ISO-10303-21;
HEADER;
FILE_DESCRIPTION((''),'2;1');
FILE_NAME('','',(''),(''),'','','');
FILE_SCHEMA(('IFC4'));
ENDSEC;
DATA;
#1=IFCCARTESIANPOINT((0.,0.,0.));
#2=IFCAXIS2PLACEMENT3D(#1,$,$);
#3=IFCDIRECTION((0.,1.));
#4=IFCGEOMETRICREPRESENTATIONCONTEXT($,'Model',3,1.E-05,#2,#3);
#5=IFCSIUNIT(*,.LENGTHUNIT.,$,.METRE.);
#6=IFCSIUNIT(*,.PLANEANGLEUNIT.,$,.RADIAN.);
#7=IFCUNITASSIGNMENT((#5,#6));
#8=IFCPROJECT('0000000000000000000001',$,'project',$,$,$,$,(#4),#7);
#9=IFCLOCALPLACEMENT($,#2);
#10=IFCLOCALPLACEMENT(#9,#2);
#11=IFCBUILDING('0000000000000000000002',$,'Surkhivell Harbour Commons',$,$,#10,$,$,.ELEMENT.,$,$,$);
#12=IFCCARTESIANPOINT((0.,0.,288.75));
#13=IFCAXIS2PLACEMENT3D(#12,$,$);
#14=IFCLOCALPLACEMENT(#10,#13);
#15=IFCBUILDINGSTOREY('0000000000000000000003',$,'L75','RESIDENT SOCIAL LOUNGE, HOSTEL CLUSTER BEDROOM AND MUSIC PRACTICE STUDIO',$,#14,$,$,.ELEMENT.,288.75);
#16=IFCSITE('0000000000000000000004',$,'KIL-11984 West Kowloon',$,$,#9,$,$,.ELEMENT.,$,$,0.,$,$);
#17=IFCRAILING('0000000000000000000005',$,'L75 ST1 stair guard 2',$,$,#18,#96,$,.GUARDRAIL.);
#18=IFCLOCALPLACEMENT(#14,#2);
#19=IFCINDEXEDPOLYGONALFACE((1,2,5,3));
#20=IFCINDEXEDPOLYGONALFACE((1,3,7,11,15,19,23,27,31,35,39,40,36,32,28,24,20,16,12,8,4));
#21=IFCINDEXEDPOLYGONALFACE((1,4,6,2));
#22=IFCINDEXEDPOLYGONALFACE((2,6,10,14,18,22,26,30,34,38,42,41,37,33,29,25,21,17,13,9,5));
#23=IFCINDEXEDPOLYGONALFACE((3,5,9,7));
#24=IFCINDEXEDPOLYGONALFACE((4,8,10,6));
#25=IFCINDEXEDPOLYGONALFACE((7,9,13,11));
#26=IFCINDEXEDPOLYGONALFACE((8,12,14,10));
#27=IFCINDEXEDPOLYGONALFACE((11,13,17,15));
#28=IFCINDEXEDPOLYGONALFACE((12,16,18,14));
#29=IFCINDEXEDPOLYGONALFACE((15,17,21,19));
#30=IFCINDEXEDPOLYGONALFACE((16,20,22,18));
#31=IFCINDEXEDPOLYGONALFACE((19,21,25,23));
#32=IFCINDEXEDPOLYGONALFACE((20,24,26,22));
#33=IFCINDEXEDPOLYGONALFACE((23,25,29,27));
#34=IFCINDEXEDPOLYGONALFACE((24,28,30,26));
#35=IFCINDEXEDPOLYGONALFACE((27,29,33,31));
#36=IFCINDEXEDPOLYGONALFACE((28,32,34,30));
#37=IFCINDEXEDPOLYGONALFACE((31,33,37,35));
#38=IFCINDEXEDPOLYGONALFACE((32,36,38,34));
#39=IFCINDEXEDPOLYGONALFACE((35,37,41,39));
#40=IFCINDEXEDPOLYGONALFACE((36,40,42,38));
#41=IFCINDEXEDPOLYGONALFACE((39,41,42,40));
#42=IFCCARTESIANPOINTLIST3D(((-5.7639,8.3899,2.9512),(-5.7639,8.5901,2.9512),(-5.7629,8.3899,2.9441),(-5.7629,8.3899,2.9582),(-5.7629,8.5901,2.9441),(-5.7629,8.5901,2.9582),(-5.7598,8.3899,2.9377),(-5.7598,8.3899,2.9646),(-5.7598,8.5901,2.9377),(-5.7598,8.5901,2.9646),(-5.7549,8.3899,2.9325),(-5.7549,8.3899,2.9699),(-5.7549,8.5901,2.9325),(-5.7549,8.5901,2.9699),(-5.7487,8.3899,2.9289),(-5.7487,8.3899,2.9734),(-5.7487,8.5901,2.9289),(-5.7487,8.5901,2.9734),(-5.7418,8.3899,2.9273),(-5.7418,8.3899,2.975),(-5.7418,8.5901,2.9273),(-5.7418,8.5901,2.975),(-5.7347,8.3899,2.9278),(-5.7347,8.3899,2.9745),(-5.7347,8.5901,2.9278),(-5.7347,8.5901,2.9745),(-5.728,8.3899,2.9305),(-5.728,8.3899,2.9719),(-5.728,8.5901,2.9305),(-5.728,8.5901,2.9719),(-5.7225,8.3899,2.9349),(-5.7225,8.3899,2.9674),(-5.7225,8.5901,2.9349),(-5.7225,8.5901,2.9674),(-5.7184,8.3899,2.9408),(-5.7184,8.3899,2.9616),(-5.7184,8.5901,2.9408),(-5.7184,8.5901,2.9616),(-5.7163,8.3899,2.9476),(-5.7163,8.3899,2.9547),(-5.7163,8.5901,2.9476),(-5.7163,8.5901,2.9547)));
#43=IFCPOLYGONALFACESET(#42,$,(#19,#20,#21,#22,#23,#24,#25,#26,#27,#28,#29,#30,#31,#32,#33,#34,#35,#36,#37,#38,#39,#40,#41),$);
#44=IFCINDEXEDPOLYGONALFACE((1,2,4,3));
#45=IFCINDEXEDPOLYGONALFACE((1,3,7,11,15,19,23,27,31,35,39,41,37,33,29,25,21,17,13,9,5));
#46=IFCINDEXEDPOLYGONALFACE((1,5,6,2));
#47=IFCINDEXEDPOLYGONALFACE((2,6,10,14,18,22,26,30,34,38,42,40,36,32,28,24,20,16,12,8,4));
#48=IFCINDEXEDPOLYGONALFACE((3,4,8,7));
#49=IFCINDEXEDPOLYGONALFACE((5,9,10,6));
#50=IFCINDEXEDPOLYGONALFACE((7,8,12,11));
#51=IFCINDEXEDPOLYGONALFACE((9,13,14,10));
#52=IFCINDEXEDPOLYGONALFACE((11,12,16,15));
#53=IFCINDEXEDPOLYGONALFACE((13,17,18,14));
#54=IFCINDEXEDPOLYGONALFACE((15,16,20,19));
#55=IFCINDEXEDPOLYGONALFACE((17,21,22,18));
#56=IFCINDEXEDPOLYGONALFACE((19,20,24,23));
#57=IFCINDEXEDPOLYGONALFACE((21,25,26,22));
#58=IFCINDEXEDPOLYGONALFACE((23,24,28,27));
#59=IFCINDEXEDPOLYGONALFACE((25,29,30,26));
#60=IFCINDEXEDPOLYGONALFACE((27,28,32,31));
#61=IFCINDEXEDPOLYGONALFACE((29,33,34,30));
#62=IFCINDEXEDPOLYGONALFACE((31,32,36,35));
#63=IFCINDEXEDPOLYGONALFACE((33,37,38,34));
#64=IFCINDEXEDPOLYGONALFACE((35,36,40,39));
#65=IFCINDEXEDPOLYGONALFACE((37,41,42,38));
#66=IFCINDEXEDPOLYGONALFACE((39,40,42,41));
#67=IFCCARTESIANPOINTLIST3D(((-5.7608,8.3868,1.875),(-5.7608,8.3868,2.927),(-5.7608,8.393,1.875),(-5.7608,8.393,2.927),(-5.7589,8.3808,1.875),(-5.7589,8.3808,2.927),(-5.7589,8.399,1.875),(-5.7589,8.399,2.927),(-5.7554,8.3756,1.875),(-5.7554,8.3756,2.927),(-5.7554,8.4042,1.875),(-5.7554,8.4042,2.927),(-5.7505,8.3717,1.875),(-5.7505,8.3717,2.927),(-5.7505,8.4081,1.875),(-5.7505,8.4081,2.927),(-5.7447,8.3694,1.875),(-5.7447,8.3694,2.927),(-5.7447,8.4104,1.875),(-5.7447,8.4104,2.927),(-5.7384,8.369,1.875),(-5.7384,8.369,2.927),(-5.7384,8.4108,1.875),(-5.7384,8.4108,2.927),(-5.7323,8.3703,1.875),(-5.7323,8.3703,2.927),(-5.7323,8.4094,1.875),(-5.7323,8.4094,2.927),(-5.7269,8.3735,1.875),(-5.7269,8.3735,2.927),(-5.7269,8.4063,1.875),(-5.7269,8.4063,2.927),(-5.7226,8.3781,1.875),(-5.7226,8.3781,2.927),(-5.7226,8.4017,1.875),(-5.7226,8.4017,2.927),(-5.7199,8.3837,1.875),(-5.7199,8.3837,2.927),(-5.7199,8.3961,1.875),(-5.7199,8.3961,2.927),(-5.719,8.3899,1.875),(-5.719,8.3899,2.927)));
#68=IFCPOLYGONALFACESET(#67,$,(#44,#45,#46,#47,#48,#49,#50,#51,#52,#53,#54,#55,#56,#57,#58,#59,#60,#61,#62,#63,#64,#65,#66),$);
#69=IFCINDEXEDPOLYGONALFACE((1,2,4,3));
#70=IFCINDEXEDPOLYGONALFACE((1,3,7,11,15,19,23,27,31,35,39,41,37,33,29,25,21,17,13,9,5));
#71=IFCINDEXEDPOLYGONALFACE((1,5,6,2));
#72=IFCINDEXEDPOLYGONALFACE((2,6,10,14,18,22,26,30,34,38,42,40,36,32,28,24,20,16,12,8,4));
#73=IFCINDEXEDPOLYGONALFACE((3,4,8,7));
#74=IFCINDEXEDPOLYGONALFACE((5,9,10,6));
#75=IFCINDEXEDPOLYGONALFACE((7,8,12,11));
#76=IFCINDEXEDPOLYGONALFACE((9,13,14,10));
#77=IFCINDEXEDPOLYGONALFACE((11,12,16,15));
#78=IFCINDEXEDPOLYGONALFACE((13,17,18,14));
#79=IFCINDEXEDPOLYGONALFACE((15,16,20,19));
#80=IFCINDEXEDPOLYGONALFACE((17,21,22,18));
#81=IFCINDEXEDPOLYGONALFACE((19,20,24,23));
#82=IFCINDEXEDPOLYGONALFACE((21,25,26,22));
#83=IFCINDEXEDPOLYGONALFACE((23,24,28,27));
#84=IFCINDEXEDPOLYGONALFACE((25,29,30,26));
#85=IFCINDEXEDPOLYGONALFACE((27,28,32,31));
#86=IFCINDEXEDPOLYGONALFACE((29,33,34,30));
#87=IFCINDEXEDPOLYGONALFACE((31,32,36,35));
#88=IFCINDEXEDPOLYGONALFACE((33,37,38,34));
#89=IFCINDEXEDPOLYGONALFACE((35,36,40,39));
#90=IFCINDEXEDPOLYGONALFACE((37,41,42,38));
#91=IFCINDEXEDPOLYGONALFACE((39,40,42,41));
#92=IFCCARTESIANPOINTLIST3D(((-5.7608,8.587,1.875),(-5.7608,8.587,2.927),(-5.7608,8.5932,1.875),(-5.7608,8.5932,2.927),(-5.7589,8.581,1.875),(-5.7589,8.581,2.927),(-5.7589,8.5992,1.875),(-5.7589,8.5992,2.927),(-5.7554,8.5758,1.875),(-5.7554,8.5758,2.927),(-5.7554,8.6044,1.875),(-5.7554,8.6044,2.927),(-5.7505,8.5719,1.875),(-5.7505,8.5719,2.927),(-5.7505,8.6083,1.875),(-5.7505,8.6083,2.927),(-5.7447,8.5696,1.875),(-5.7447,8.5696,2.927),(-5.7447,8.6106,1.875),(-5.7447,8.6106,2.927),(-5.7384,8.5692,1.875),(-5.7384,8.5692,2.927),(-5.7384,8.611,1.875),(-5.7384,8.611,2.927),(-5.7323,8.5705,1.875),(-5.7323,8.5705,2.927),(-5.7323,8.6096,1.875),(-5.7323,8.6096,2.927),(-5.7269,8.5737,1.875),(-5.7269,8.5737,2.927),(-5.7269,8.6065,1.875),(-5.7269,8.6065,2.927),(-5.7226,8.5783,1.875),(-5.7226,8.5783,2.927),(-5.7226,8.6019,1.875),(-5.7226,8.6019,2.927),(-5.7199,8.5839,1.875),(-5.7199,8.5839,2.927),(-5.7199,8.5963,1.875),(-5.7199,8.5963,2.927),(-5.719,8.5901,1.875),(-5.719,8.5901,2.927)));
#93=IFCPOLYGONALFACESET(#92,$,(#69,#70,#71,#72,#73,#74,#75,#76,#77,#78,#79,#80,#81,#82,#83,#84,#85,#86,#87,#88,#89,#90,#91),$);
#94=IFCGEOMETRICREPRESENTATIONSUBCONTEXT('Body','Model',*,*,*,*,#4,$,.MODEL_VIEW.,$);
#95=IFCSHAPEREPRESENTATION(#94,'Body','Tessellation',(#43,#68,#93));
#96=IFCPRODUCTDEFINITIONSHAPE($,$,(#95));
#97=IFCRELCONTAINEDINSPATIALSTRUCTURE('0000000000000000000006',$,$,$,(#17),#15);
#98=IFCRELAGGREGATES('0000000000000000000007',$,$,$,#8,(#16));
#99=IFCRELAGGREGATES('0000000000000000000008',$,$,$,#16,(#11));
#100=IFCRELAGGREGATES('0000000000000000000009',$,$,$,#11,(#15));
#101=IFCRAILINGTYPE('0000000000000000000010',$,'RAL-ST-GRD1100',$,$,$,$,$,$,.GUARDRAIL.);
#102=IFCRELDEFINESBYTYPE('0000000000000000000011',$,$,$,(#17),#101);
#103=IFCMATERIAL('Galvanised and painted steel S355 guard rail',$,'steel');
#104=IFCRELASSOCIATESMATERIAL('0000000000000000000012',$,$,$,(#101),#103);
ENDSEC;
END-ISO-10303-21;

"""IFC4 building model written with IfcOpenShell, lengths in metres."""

from ifc_helpers import new_model, si_unit, direction, frame, origin, origin_2d, place, context, subcontext, project, spatial, circle, extrude, material, type_object, element, save


model = new_model("IFC4")

# Units and contexts
model_context = context("Model", 3, precision=1e-05, world=origin(), true_north=direction((0.0, 1.0)))
body_context = subcontext(model_context, "Body", "Model", "MODEL_VIEW")
ifc_project = project(units=[si_unit("LENGTHUNIT", "METRE"), si_unit("PLANEANGLEUNIT", "RADIAN")], contexts=[model_context])

# Site, building, storey
site_placement = place(None, origin())
site = spatial("IfcSite", under=ifc_project, at=site_placement, Name="KIL-11984 West Kowloon", CompositionType="ELEMENT", RefElevation=0.0)
building_placement = place(site_placement, origin())
building = spatial("IfcBuilding", under=site, at=building_placement, Name="Surkhivell Harbour Commons", CompositionType="ELEMENT")
storey_placement = place(building_placement, frame((0.0, 0.0, 288.75)))
storey = spatial("IfcBuildingStorey", under=building, at=storey_placement, Name="L75", Description="RESIDENT SOCIAL LOUNGE, HOSTEL CLUSTER BEDROOM AND MUSIC PRACTICE STUDIO", CompositionType="ELEMENT", Elevation=288.75)

# Railing
ifc_material_1 = material(Name="Galvanised and painted steel S355 guard rail", Category="steel")
railing_type_1 = type_object("IfcRailingType", Name="RAL-ST-GRD1100", PredefinedType="GUARDRAIL", material=ifc_material_1)
railing_1_placement = place(storey_placement, frame((-5.74, 8.3899, 1.875)))
element("IfcRailing", 1, at=railing_1_placement, inside=storey, type_object=railing_type_1, Name="L75 ST1 stair guard 2", PredefinedType="GUARDRAIL", context=body_context, shape_type="SweptSolid", body=[
    extrude(circle(Radius=0.0239, at=origin_2d()), frame((0.0, 0.0, 1.0762), z_axis=(0.0, 1.0, 0.0), x_axis=(-1.0, 0.0, 0.0)), (0.0, 0.0, 1.0), 0.2002),
    extrude(circle(Radius=0.021, at=origin_2d()), origin(), (0.0, 0.0, 1.0), 1.052),
    extrude(circle(Radius=0.021, at=origin_2d()), frame((0.0, 0.2002, 0.0)), (0.0, 0.0, 1.0), 1.052),
])

save(model, "model.ifc")
